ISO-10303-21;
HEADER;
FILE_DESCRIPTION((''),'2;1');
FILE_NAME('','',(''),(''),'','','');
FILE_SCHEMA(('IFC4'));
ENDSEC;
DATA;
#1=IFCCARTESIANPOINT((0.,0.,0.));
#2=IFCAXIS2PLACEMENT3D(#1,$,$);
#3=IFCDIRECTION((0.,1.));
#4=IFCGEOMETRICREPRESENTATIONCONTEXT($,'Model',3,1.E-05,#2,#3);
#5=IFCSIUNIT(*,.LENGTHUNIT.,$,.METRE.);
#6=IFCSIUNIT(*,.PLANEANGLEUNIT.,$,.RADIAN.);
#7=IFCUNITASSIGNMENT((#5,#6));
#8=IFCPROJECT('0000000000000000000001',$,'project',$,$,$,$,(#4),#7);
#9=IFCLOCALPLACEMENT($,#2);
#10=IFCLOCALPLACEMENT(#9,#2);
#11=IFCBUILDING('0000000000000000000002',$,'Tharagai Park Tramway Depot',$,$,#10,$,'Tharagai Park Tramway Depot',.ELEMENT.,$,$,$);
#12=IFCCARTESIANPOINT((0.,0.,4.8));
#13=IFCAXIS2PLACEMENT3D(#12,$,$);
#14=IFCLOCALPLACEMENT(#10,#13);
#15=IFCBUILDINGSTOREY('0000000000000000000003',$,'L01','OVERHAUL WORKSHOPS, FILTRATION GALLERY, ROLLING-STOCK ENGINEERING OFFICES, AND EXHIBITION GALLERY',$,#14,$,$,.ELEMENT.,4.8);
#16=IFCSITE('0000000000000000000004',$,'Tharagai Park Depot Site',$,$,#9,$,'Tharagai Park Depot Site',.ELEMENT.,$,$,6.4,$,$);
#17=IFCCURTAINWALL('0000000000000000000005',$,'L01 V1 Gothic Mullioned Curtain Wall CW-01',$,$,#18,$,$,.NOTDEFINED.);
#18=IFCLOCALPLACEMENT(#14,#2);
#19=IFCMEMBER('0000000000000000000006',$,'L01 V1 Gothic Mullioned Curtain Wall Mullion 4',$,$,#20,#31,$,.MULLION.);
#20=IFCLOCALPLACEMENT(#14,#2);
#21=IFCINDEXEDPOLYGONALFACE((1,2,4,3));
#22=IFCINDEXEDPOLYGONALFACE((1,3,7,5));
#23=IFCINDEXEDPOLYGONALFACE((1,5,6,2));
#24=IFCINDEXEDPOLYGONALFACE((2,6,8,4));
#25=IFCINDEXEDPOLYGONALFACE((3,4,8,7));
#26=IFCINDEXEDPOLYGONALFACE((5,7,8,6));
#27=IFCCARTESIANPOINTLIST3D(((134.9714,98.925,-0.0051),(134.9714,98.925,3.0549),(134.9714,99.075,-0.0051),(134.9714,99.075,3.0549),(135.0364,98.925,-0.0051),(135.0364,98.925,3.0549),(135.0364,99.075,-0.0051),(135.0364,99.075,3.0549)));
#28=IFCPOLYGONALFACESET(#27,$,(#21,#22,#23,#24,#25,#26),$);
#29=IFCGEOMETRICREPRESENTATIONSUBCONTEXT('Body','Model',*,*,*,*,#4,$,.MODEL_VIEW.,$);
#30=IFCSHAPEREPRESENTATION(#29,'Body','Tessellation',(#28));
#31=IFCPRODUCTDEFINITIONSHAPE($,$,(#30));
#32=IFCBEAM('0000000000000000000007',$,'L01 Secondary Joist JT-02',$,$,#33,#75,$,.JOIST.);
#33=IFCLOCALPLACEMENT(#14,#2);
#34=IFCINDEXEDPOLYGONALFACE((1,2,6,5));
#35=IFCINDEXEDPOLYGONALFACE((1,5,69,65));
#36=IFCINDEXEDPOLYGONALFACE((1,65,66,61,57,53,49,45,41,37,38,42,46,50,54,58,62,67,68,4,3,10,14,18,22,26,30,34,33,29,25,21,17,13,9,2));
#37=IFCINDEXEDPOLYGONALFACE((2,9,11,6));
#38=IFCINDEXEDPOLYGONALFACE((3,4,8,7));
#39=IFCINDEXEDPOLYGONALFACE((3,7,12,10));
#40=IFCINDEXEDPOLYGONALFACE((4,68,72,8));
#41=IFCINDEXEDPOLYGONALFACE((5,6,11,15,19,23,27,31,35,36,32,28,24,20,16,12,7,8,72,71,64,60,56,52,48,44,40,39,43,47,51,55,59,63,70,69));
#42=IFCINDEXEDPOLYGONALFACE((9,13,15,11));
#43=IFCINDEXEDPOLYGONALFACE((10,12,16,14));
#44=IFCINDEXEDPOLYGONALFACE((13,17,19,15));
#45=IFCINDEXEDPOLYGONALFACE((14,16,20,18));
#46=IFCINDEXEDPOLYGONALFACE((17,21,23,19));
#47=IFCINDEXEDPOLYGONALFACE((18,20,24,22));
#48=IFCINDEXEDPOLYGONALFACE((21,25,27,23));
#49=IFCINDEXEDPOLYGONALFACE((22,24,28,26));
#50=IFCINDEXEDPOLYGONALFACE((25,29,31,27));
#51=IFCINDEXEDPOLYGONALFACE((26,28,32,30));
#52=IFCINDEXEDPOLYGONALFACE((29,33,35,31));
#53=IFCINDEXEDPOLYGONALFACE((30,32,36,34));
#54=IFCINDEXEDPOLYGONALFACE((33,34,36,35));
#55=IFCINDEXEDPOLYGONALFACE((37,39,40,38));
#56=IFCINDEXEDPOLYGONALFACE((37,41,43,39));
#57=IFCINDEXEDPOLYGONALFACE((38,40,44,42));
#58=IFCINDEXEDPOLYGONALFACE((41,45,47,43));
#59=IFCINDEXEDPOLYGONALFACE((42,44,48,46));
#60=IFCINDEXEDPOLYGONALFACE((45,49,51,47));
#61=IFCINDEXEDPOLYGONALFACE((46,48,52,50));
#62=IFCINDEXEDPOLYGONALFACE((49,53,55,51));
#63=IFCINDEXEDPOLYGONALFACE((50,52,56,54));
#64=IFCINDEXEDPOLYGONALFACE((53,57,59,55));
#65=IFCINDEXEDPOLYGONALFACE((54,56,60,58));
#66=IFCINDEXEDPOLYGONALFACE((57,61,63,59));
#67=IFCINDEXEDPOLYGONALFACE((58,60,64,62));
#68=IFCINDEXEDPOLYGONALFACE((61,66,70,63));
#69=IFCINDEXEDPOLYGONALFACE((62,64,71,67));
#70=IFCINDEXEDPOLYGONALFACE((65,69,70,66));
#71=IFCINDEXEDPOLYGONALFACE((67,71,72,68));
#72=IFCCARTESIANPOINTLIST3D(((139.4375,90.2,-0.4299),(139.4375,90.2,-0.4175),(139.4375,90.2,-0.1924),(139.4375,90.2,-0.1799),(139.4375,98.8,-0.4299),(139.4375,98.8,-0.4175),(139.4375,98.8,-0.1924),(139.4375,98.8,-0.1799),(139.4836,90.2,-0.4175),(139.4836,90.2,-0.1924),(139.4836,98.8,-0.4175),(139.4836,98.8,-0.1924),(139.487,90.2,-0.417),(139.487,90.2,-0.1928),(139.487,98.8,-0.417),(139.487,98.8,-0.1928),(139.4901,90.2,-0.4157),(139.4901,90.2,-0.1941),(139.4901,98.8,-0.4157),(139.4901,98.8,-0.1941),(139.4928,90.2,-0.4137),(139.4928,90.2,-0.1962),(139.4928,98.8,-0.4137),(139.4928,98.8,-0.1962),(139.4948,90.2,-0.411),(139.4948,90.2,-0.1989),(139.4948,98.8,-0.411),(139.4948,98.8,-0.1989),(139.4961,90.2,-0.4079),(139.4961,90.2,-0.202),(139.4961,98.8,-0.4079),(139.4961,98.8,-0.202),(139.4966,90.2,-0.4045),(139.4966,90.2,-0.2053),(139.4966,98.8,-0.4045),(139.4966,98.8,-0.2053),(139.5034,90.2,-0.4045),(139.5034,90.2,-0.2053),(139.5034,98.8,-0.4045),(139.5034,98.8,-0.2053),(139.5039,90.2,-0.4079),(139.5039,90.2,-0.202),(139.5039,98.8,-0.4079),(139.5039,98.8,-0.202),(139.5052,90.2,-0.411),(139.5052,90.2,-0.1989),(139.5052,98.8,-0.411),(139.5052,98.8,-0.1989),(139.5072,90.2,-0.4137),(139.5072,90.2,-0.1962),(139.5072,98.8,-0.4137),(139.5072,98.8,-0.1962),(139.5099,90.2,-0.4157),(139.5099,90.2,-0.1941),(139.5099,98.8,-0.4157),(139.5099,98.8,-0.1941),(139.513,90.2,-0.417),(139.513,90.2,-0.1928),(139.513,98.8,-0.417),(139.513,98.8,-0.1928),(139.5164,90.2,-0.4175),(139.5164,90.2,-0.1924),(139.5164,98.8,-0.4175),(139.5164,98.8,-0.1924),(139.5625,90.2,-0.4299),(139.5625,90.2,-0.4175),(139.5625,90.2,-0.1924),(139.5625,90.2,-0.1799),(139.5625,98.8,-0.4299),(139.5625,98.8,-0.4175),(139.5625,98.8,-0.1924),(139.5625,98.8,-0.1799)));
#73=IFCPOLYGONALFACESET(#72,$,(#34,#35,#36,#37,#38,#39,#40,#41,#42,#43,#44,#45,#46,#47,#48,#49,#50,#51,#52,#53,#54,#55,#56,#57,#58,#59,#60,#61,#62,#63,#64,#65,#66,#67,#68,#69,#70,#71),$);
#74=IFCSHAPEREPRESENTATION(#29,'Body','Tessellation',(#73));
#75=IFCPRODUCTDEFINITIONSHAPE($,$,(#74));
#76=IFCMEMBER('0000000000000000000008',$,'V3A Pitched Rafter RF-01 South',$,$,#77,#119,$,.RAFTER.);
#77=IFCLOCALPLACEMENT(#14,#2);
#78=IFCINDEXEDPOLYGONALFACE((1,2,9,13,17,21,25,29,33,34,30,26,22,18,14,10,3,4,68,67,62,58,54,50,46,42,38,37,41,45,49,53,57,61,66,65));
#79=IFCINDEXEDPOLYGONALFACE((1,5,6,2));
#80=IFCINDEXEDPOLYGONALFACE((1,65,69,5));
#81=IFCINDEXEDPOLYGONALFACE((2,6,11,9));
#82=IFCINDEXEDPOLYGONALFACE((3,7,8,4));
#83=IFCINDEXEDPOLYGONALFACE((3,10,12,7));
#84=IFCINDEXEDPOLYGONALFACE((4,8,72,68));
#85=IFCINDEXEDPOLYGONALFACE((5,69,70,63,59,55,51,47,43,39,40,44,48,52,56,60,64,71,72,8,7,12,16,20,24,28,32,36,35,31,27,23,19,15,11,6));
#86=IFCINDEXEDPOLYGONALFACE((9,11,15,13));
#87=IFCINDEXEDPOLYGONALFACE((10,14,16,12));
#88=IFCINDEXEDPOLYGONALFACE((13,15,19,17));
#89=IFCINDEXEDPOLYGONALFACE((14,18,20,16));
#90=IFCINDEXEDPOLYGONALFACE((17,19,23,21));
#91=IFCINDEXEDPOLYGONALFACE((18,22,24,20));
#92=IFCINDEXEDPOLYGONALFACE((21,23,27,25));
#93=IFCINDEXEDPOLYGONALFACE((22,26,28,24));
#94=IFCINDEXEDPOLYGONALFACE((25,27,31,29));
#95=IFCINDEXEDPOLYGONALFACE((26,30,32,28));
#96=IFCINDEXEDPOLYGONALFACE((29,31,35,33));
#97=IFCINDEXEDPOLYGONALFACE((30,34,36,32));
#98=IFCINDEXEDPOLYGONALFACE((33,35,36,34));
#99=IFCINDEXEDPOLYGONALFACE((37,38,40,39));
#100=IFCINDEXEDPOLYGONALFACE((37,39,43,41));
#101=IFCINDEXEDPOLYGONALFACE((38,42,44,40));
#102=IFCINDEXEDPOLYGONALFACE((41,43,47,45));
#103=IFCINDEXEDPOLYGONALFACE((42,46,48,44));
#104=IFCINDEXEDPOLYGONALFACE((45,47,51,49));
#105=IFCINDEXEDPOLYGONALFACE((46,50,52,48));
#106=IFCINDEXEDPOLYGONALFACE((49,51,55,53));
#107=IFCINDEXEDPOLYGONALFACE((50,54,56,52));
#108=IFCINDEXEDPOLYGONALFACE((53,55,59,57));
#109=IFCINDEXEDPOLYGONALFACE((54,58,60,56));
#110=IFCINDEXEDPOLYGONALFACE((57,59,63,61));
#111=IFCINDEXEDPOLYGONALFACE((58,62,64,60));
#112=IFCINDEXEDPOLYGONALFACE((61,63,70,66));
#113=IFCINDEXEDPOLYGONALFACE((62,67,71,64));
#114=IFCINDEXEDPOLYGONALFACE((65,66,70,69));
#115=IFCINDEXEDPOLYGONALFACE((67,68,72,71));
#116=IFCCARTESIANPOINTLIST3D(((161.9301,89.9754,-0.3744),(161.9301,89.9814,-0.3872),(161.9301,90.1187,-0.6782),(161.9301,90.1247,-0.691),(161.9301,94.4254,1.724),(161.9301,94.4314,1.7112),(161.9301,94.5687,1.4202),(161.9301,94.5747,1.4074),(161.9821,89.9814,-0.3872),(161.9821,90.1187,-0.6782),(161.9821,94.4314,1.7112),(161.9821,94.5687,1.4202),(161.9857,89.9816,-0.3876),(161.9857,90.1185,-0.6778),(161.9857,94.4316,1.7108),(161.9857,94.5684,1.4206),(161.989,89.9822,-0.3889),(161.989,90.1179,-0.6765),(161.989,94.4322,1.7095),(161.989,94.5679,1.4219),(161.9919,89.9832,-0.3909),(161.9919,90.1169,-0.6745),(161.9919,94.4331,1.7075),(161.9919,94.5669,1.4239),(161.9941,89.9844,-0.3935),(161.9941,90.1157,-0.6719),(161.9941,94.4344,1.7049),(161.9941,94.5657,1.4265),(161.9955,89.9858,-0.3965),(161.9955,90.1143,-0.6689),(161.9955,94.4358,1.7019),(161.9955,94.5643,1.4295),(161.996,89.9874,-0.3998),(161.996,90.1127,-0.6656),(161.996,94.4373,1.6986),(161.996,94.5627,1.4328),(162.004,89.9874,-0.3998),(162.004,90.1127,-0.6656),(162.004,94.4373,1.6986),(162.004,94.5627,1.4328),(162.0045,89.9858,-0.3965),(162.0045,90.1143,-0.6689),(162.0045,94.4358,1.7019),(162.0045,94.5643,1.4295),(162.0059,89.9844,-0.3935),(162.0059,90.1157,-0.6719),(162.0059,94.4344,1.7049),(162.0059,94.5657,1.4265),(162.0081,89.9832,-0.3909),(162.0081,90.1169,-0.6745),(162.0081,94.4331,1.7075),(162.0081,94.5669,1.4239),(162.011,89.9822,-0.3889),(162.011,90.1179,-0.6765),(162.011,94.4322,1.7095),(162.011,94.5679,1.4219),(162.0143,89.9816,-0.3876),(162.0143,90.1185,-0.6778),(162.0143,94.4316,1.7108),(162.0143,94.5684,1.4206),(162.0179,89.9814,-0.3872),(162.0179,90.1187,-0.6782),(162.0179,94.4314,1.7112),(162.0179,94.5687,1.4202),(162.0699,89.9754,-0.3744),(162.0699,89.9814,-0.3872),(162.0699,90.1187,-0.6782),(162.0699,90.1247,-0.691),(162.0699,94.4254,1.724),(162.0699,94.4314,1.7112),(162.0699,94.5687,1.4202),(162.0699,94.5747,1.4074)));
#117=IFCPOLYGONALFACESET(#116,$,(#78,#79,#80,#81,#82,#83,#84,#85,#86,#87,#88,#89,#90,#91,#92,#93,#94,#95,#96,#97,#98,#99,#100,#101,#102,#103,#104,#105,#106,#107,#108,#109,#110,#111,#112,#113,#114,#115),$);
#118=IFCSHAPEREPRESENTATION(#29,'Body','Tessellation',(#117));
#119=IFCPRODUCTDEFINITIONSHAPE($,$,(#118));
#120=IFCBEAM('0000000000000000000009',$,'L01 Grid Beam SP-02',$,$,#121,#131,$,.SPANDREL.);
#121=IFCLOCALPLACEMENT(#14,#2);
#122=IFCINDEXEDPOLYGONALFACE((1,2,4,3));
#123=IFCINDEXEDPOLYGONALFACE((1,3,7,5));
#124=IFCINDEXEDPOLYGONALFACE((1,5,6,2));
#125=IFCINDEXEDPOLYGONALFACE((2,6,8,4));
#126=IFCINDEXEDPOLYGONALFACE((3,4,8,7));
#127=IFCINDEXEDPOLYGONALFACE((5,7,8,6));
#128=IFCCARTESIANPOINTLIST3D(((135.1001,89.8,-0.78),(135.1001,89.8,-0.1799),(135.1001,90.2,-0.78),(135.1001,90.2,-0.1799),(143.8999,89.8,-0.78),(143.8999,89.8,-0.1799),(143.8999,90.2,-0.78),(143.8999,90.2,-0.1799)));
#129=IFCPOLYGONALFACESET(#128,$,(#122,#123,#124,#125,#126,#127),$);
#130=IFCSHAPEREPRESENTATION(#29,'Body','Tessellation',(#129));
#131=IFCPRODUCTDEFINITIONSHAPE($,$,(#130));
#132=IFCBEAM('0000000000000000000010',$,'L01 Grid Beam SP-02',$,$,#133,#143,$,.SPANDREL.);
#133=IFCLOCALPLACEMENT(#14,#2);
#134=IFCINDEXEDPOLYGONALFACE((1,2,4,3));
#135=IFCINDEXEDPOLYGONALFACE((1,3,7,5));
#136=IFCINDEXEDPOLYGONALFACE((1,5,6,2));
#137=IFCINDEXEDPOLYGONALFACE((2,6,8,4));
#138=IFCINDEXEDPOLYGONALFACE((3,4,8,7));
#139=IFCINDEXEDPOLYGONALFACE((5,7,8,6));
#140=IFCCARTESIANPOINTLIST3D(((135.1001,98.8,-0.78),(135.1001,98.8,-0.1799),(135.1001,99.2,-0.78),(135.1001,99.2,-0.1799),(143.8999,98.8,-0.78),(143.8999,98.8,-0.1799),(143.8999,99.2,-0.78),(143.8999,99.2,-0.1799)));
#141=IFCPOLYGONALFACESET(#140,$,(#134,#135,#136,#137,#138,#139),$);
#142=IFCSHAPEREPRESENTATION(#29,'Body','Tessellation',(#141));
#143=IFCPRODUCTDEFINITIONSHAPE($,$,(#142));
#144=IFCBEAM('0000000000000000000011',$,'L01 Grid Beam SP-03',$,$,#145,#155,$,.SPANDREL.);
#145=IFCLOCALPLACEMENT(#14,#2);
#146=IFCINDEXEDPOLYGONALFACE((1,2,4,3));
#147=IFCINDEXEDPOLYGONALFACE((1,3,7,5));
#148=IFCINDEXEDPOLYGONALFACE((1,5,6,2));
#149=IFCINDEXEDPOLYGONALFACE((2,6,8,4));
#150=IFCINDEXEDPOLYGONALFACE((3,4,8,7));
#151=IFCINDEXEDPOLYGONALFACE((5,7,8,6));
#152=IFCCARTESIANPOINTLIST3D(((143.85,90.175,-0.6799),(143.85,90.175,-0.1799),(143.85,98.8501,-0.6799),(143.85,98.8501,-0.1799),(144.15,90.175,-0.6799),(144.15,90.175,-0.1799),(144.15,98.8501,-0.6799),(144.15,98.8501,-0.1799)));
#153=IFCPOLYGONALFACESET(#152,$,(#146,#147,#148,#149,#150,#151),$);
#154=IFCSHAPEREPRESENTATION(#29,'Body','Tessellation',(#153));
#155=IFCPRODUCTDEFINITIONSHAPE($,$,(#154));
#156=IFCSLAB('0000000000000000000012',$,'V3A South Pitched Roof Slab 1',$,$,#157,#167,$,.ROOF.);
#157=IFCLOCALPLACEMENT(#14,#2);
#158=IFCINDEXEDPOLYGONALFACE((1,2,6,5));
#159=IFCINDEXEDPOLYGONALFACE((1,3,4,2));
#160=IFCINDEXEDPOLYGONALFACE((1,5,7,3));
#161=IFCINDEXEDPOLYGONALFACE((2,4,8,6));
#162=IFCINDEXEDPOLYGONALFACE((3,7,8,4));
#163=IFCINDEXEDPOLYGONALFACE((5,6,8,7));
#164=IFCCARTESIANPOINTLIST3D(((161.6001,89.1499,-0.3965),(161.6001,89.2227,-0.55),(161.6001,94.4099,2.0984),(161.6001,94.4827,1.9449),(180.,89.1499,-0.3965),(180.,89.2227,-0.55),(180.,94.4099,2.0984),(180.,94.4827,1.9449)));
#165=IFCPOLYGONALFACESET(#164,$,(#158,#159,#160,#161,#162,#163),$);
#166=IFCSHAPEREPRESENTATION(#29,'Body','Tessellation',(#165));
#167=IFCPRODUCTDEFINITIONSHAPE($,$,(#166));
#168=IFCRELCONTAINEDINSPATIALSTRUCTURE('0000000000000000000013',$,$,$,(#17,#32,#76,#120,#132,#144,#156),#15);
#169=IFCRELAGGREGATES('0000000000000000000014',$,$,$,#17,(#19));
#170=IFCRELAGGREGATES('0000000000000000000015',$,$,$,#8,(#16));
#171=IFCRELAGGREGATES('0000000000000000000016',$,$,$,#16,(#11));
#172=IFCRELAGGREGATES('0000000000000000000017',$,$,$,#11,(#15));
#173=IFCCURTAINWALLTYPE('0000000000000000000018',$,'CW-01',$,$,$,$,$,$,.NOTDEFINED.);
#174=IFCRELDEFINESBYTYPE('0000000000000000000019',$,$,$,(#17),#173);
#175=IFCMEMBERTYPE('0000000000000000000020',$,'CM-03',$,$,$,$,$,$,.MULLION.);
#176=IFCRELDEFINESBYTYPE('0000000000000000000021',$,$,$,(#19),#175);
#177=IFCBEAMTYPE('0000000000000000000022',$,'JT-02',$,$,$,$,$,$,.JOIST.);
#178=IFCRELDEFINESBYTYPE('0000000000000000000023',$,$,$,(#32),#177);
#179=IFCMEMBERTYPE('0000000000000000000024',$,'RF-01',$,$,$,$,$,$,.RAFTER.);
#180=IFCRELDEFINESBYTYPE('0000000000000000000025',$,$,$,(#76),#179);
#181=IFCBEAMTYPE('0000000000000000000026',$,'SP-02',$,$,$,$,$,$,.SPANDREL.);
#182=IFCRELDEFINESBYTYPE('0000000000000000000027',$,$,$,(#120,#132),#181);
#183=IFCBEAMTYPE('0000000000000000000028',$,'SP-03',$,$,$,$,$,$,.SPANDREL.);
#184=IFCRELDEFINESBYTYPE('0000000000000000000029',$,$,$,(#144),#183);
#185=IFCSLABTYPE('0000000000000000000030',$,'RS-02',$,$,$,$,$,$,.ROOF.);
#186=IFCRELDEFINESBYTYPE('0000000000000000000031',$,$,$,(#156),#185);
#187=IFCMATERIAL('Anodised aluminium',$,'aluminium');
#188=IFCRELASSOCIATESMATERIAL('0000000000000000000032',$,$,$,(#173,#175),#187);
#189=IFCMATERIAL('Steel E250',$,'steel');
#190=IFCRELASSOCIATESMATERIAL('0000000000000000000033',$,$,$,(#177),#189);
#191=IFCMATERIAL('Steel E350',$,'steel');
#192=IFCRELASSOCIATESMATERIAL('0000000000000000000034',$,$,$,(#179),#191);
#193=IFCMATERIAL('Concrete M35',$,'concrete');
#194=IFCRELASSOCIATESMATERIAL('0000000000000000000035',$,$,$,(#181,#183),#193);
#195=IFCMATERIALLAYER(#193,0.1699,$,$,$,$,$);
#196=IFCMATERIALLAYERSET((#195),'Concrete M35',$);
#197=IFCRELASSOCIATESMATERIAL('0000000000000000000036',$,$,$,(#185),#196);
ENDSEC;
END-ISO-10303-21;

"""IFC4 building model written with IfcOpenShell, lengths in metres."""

from ifc_helpers import new_model, si_unit, direction, frame, origin, origin_2d, place, context, subcontext, project, spatial, polyline, rectangle, i_section, outline, extrude, material, layer, layer_set, material_profile, profile_set, type_object, element, aggregate, save


model = new_model("IFC4")

# Units and contexts
model_context = context("Model", 3, precision=1e-05, world=origin(), true_north=direction((0.0, 1.0)))
body_context = subcontext(model_context, "Body", "Model", "MODEL_VIEW")
ifc_project = project(units=[si_unit("LENGTHUNIT", "METRE"), si_unit("PLANEANGLEUNIT", "RADIAN")], contexts=[model_context])

# Site, building, storey
site_placement = place(None, origin())
site = spatial("IfcSite", under=ifc_project, at=site_placement, Name="Tharagai Park Depot Site", LongName="Tharagai Park Depot Site", CompositionType="ELEMENT", RefElevation=6.4)
building_placement = place(site_placement, origin())
building = spatial("IfcBuilding", under=site, at=building_placement, Name="Tharagai Park Tramway Depot", LongName="Tharagai Park Tramway Depot", CompositionType="ELEMENT")
storey_placement = place(building_placement, frame((0.0, 0.0, 4.8)))
storey = spatial("IfcBuildingStorey", under=building, at=storey_placement, Name="L01", Description="OVERHAUL WORKSHOPS, FILTRATION GALLERY, ROLLING-STOCK ENGINEERING OFFICES, AND EXHIBITION GALLERY", CompositionType="ELEMENT", Elevation=4.8)

# Shared definitions
ifc_material_1 = material(Name="Steel E350", Category="steel")

# Curtain wall, member
ifc_material_2 = material(Name="Anodised aluminium", Category="aluminium")
curtain_wall_type = type_object("IfcCurtainWallType", Name="CW-01", PredefinedType="NOTDEFINED", material=ifc_material_2)
curtain_wall_placement = place(storey_placement, origin())
curtain_wall = element("IfcCurtainWall", 1, at=curtain_wall_placement, inside=storey, type_object=curtain_wall_type, Name="L01 V1 Gothic Mullioned Curtain Wall CW-01", PredefinedType="NOTDEFINED")
ifc_material_profile_1 = material_profile(ifc_material_2, rectangle(XDim=0.0649, YDim=0.1499, at=origin_2d()), Name="ALU 65x150")
ifc_profile_set_1 = profile_set([ifc_material_profile_1], Name="Anodised aluminium")
member_type_1 = type_object("IfcMemberType", Name="CM-03", PredefinedType="MULLION", material=ifc_profile_set_1)
member_1_placement = place(storey_placement, frame((135.0039, 99.0, -0.0051), z_axis=(0.0, 0.0, 1.0), x_axis=(1.0, 0.0, 0.0)))
member_1 = element("IfcMember", 2, at=member_1_placement, type_object=member_type_1, Name="L01 V1 Gothic Mullioned Curtain Wall Mullion 4", PredefinedType="MULLION", context=body_context, shape_type="SweptSolid", body=[
    extrude(rectangle(XDim=0.0649, YDim=0.1499, at=origin_2d()), origin(), (0.0, 0.0, 1.0), 3.0601),
])
aggregate(curtain_wall, [member_1])

# Beam
ifc_material_3 = material(Name="Steel E250", Category="steel")
ifc_material_profile_2 = material_profile(ifc_material_3, i_section(OverallWidth=0.125, OverallDepth=0.25, WebThickness=0.0068, FlangeThickness=0.0125, FilletRadius=0.0129, at=origin_2d()), Name="ISMB 250")
ifc_profile_set_2 = profile_set([ifc_material_profile_2], Name="Steel E250")
beam_type_1 = type_object("IfcBeamType", Name="JT-02", PredefinedType="JOIST", material=ifc_profile_set_2)
beam_1_placement = place(storey_placement, frame((139.5, 90.2, -0.3049), z_axis=(0.0, 1.0, 0.0), x_axis=(-1.0, 0.0, 0.0)))
element("IfcBeam", 3, at=beam_1_placement, inside=storey, type_object=beam_type_1, Name="L01 Secondary Joist JT-02", PredefinedType="JOIST", context=body_context, shape_type="SweptSolid", body=[
    extrude(i_section(OverallWidth=0.125, OverallDepth=0.25, WebThickness=0.0068, FlangeThickness=0.0125, FilletRadius=0.0129, at=origin_2d()), origin(), (0.0, 0.0, 1.0), 8.6001),
])

# Member
ifc_material_profile_3 = material_profile(ifc_material_1, i_section(OverallWidth=0.1399, OverallDepth=0.3501, WebThickness=0.0081, FlangeThickness=0.0142, FilletRadius=0.0139, at=origin_2d()), Name="ISMB 350")
ifc_profile_set_3 = profile_set([ifc_material_profile_3], Name="Steel E350")
member_type_2 = type_object("IfcMemberType", Name="RF-01", PredefinedType="RAFTER", material=ifc_profile_set_3)
member_2_placement = place(storey_placement, frame((162.0, 90.05, -0.5327), z_axis=(0.0, 0.904482, 0.426511), x_axis=(-1.0, 0.0, 0.0)))
element("IfcMember", 4, at=member_2_placement, inside=storey, type_object=member_type_2, Name="V3A Pitched Rafter RF-01 South", PredefinedType="RAFTER", context=body_context, shape_type="SweptSolid", body=[
    extrude(i_section(OverallWidth=0.1399, OverallDepth=0.3501, WebThickness=0.0081, FlangeThickness=0.0142, FilletRadius=0.0139, at=origin_2d()), origin(), (0.0, 0.0, 1.0), 4.9199),
])

# Beams
ifc_material_4 = material(Name="Concrete M35", Category="concrete")
ifc_material_profile_4 = material_profile(ifc_material_4, rectangle(XDim=0.3999, YDim=0.6001, at=origin_2d()), Name="RC 400x600")
ifc_profile_set_4 = profile_set([ifc_material_profile_4], Name="Concrete M35")
beam_type_2 = type_object("IfcBeamType", Name="SP-02", PredefinedType="SPANDREL", material=ifc_profile_set_4)
for number, where, z_axis, x_axis, name in (
    (5, (135.1001, 90.0, -0.48), (1.0, 0.0, 0.0), (0.0, 1.0, 0.0), "L01 Grid Beam SP-02"),
    (6, (135.1001, 99.0, -0.48), (1.0, 0.0, 0.0), (0.0, 1.0, 0.0), "L01 Grid Beam SP-02"),
):
    element("IfcBeam", number, at=place(storey_placement, frame(where, z_axis=z_axis, x_axis=x_axis)), inside=storey, type_object=beam_type_2, Name=name, PredefinedType="SPANDREL", context=body_context, shape_type="SweptSolid", body=[
        extrude(rectangle(XDim=0.3999, YDim=0.6001, at=origin_2d()), origin(), (0.0, 0.0, 1.0), 8.7998),
    ])
ifc_material_profile_5 = material_profile(ifc_material_4, rectangle(XDim=0.3, YDim=0.5, at=origin_2d()), Name="RC 300x500")
ifc_profile_set_5 = profile_set([ifc_material_profile_5], Name="Concrete M35")
beam_type_3 = type_object("IfcBeamType", Name="SP-03", PredefinedType="SPANDREL", material=ifc_profile_set_5)
beam_2_placement = place(storey_placement, frame((144.0, 90.175, -0.4299), z_axis=(0.0, 1.0, 0.0), x_axis=(-1.0, 0.0, 0.0)))
element("IfcBeam", 7, at=beam_2_placement, inside=storey, type_object=beam_type_3, Name="L01 Grid Beam SP-03", PredefinedType="SPANDREL", context=body_context, shape_type="SweptSolid", body=[
    extrude(rectangle(XDim=0.3, YDim=0.5, at=origin_2d()), origin(), (0.0, 0.0, 1.0), 8.675),
])

# Slab
ifc_layer_1 = layer(ifc_material_4, 0.1699)
ifc_layer_set_1 = layer_set([ifc_layer_1], Name="Concrete M35")
slab_type = type_object("IfcSlabType", Name="RS-02", PredefinedType="ROOF", material=ifc_layer_set_1)
slab_placement = place(storey_placement, frame((161.6001, 89.1499, -0.3965), z_axis=(0.0, -0.428548, 0.903519), x_axis=(1.0, 0.0, 0.0)))
element("IfcSlab", 8, at=slab_placement, inside=storey, type_object=slab_type, Name="V3A South Pitched Roof Slab 1", PredefinedType="ROOF", context=body_context, shape_type="SweptSolid", body=[
    extrude(outline(polyline([(0.0, 0.0), (18.3999, 0.0), (18.3999, 5.8217), (0.0, 5.8217), (0.0, 0.0)])), origin(), (0.0, 0.0, -1.0), 0.1699),
])

save(model, "model.ifc")
